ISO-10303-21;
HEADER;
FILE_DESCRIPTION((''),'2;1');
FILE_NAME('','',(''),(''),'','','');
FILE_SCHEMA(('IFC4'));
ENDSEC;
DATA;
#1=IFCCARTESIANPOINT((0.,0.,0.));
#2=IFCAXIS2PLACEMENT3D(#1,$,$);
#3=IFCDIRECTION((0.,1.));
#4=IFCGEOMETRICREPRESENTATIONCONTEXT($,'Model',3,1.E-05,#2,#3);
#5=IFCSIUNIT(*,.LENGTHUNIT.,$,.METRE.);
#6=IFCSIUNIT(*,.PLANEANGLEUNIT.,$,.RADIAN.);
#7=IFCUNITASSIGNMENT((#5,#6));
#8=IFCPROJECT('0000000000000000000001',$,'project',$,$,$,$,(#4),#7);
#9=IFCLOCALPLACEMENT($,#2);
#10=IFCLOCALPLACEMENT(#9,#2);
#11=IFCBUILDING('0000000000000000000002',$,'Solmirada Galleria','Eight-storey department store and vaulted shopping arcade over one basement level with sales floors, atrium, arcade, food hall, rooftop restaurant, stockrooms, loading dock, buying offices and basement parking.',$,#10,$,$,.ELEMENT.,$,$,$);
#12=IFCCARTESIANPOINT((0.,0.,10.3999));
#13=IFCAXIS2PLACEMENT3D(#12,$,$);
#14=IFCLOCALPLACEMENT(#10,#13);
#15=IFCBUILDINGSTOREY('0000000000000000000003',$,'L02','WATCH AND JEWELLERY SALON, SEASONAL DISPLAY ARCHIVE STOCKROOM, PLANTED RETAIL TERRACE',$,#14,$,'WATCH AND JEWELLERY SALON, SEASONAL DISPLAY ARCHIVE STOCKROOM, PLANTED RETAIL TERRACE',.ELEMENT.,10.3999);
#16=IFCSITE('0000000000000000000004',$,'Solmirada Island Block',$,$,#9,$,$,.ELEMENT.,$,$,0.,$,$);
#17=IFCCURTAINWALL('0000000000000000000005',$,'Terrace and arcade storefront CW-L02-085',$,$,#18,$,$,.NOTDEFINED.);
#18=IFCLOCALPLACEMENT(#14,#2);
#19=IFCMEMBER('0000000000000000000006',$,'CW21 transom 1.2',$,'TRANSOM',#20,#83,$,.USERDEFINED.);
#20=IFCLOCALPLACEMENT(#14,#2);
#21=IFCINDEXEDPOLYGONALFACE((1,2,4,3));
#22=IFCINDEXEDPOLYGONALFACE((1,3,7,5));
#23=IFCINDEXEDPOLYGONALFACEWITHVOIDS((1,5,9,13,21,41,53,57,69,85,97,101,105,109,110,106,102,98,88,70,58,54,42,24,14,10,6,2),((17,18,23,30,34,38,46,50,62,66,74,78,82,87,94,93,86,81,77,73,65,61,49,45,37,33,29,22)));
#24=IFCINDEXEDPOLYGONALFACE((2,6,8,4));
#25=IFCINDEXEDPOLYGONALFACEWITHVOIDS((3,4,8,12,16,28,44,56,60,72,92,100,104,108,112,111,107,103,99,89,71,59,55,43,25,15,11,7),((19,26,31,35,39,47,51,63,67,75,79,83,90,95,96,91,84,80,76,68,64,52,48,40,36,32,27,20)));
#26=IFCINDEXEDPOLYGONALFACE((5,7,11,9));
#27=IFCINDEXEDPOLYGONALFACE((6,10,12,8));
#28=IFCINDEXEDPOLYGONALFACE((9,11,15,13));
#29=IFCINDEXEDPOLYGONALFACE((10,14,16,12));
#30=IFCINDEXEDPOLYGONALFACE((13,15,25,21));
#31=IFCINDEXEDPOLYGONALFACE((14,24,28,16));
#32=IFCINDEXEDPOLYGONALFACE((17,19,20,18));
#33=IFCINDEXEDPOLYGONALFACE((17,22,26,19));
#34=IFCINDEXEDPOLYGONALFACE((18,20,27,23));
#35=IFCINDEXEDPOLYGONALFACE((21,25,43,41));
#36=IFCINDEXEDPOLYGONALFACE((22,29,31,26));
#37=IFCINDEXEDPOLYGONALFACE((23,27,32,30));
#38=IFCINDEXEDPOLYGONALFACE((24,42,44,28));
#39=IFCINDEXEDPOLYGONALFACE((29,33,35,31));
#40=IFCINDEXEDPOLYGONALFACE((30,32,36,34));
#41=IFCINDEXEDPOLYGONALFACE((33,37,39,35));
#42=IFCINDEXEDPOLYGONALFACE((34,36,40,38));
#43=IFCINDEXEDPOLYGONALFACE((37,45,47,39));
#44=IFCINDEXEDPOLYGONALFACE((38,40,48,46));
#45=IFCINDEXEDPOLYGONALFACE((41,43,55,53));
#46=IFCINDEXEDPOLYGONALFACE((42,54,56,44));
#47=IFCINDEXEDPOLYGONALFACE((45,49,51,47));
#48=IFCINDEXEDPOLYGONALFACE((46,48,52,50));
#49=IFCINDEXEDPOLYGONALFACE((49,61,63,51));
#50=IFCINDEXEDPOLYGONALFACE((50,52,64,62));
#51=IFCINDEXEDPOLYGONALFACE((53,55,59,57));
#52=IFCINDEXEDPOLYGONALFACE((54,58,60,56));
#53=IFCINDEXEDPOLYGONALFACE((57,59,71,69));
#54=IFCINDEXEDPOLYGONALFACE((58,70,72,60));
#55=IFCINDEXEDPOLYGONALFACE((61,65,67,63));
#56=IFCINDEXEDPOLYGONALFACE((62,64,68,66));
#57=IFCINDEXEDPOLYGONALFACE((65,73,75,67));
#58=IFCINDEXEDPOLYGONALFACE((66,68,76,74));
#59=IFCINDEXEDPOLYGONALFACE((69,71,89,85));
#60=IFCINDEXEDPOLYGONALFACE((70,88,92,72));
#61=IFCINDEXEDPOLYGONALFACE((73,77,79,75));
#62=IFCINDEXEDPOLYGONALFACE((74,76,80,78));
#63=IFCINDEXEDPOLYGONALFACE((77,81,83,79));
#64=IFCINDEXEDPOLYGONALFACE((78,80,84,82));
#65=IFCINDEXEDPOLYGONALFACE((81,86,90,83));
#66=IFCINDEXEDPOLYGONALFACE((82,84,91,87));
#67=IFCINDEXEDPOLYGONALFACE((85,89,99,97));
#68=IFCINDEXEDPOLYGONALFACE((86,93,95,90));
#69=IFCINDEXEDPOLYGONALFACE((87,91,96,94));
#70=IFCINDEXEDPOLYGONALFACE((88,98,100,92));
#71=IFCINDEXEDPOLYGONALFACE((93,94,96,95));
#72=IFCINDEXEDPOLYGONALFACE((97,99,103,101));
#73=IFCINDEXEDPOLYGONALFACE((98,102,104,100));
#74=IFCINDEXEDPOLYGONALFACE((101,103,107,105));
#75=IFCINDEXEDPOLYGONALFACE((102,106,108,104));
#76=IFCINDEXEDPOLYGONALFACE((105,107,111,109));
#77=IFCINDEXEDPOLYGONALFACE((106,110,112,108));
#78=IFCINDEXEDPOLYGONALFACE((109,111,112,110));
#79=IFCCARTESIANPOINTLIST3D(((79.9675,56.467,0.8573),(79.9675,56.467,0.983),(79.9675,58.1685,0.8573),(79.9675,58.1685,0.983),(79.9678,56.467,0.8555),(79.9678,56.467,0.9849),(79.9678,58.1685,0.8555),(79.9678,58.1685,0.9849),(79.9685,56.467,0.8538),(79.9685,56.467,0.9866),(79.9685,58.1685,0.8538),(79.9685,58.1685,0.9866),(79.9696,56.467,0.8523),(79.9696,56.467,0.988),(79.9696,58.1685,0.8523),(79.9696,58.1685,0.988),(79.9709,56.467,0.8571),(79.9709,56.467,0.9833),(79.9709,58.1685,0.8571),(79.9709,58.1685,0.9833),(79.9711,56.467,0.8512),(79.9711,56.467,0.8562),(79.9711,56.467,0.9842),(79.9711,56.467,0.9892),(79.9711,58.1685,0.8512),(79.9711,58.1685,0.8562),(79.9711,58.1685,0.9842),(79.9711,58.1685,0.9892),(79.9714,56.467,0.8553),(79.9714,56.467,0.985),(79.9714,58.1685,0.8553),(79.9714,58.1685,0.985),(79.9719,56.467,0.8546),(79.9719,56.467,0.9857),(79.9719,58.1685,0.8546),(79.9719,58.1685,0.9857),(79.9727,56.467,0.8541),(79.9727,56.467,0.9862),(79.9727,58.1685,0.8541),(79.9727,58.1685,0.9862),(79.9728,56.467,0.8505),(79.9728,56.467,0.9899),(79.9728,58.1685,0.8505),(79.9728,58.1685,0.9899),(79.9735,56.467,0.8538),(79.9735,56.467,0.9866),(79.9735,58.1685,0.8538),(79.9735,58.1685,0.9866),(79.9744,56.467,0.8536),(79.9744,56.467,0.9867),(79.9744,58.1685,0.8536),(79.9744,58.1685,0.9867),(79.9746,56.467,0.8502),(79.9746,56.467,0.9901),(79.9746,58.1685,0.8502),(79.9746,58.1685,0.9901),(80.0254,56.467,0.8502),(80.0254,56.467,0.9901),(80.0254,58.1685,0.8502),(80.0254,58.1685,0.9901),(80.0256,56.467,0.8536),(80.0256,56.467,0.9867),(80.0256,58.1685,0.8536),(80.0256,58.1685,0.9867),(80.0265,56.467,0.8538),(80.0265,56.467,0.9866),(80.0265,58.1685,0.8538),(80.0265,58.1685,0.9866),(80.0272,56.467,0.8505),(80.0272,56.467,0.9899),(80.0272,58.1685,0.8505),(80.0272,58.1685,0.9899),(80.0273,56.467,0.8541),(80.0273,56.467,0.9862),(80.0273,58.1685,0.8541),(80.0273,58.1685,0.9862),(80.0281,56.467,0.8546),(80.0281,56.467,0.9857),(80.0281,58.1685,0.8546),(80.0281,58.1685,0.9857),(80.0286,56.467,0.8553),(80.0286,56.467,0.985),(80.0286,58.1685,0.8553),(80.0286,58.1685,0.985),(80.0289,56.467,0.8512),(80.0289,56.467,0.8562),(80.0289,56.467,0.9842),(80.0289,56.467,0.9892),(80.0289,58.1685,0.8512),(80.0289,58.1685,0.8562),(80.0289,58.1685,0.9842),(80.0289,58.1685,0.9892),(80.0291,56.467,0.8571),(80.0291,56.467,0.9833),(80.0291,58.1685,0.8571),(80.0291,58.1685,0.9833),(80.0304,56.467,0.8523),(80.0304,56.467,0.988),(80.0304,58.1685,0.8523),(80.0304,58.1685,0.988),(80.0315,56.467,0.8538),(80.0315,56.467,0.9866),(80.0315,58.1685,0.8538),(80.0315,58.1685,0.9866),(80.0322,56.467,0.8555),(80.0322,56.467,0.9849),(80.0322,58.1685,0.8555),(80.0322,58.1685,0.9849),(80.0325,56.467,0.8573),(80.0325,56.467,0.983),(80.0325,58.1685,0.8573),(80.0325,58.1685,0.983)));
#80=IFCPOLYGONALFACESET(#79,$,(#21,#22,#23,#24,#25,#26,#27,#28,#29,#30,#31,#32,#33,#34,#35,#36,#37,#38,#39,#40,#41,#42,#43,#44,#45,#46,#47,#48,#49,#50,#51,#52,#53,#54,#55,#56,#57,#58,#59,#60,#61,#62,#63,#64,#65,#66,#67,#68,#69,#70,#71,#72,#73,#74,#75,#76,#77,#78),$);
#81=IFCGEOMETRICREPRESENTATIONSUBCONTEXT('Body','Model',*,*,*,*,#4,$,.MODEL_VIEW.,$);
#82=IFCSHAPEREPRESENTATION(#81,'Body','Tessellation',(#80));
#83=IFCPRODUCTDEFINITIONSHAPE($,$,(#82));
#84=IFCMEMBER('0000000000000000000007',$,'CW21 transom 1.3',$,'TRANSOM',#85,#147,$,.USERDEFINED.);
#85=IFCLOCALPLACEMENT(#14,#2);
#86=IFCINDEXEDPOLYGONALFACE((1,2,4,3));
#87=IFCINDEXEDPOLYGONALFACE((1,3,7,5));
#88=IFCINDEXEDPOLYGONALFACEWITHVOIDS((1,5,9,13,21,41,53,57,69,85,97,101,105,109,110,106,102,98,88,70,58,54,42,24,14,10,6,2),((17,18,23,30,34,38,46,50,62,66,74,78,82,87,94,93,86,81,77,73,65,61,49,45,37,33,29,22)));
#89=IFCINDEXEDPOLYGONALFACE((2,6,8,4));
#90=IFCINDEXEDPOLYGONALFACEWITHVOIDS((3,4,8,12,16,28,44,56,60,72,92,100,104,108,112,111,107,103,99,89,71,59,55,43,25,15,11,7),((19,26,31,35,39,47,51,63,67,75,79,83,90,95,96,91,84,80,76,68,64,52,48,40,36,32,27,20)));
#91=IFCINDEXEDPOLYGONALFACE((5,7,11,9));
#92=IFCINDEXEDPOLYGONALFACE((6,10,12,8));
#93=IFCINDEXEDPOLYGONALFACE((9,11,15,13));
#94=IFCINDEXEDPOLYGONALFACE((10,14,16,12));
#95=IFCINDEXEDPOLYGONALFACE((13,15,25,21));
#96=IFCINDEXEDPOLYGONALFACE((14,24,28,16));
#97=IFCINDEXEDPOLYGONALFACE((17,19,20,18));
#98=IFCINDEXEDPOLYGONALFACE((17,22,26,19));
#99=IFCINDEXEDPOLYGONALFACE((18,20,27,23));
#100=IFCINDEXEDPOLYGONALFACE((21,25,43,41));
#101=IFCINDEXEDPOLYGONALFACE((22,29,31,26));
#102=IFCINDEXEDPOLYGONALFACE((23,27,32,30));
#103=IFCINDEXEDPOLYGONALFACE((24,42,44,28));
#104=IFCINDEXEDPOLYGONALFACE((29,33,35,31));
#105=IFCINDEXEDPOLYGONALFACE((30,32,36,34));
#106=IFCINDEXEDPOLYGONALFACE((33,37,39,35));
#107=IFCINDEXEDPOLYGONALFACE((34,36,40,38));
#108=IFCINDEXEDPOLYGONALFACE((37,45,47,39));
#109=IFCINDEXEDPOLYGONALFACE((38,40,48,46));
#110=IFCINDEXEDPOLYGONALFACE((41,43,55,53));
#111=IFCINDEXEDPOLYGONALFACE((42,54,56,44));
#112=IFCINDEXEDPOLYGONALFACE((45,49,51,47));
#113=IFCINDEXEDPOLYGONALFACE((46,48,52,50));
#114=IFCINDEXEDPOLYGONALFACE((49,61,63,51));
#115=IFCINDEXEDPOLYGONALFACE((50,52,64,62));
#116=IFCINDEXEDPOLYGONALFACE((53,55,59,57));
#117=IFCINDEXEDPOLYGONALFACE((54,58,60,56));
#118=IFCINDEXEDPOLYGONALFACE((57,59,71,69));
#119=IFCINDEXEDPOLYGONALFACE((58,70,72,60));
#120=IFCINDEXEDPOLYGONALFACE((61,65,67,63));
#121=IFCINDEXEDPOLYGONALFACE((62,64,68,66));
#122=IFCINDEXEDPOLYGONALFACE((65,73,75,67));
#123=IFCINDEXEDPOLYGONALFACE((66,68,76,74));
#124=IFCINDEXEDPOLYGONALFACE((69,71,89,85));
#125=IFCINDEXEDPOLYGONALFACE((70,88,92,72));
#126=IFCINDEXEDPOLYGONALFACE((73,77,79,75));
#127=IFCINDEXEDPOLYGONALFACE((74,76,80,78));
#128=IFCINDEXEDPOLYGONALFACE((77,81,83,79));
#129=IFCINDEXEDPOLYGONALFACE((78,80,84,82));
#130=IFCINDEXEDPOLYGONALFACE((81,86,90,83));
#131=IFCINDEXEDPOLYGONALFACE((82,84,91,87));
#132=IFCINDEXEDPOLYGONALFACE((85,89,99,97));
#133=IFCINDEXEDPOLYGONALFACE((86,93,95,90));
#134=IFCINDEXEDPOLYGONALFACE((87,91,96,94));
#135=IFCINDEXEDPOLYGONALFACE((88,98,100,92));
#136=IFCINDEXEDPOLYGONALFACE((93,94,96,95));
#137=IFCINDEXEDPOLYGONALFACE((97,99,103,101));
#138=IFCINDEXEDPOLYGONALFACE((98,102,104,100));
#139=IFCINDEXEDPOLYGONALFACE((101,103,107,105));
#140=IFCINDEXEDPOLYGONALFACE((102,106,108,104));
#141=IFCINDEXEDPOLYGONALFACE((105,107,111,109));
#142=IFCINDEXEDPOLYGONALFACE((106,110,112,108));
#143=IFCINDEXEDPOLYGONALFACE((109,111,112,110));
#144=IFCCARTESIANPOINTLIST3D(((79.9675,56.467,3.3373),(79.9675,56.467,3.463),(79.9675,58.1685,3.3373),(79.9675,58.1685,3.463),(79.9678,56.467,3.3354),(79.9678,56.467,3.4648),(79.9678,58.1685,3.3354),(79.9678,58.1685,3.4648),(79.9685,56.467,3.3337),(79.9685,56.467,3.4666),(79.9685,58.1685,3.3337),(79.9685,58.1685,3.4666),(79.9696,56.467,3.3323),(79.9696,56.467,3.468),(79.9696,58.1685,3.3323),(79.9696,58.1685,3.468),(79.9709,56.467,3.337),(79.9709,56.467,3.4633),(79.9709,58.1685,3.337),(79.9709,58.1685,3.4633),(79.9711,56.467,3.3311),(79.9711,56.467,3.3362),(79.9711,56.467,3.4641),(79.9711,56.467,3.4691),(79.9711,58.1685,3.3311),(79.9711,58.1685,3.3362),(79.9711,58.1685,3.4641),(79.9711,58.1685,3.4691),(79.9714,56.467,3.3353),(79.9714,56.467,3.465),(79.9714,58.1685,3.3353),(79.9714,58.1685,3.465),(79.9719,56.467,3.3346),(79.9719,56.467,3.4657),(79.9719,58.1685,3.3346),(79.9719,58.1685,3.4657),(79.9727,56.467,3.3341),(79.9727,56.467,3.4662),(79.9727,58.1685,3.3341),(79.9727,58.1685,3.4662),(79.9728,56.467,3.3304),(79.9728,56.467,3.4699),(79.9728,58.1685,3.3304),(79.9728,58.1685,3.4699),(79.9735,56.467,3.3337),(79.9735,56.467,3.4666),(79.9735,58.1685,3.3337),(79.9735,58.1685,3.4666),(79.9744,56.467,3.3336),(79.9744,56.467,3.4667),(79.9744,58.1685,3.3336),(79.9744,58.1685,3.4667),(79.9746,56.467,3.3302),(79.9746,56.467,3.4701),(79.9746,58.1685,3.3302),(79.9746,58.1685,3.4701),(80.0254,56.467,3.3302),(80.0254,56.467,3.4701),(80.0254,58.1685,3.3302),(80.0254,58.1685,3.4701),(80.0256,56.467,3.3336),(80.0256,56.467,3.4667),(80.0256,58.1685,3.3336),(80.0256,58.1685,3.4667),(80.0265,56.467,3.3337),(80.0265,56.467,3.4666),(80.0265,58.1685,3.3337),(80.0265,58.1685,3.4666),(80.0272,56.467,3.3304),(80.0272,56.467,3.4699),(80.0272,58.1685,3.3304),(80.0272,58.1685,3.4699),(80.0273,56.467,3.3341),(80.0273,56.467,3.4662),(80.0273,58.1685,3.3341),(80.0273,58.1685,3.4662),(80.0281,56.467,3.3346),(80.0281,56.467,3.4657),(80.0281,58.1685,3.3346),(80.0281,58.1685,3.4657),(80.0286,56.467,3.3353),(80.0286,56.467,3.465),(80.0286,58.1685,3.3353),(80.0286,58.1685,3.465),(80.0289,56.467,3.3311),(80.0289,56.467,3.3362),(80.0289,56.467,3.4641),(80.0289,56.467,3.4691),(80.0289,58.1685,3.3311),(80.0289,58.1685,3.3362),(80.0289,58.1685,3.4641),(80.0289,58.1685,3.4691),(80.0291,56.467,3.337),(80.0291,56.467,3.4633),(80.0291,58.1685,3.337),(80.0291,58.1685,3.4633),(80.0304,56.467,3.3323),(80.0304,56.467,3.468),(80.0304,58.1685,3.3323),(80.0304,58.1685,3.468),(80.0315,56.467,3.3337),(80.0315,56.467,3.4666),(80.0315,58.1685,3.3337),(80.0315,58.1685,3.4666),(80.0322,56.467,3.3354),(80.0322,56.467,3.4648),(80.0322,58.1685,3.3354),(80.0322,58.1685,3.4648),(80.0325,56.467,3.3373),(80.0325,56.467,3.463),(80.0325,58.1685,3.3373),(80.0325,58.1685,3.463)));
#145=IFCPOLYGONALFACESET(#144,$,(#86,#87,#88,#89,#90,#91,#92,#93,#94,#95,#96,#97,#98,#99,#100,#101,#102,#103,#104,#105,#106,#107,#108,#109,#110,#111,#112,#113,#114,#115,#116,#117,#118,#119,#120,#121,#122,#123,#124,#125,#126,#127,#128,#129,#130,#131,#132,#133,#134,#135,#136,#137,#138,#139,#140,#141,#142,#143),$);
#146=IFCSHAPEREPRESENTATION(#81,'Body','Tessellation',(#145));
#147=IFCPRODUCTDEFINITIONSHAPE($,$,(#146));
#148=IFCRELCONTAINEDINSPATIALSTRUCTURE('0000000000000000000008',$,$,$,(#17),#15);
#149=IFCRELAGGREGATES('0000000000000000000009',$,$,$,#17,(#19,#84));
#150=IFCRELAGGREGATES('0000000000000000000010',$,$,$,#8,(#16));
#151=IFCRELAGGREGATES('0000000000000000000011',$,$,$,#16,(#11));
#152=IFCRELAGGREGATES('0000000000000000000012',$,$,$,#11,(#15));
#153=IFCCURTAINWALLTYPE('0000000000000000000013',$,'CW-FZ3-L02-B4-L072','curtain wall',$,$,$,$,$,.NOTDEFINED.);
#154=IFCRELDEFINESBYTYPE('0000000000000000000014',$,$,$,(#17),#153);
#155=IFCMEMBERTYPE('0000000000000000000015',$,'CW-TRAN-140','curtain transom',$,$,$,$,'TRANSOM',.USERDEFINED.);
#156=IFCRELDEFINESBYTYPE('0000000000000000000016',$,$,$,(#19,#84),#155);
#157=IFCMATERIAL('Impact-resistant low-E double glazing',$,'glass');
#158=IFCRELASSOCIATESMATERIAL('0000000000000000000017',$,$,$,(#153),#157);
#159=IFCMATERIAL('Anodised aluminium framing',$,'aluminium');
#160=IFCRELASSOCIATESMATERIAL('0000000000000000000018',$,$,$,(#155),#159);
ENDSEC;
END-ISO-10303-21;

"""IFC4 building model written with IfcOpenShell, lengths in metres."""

from ifc_helpers import new_model, si_unit, direction, frame, origin, origin_2d, place, context, subcontext, project, spatial, hollow_rectangle, extrude, material, material_profile, profile_set, type_object, element, aggregate, save


model = new_model("IFC4")

# Units and contexts
model_context = context("Model", 3, precision=1e-05, world=origin(), true_north=direction((0.0, 1.0)))
body_context = subcontext(model_context, "Body", "Model", "MODEL_VIEW")
ifc_project = project(units=[si_unit("LENGTHUNIT", "METRE"), si_unit("PLANEANGLEUNIT", "RADIAN")], contexts=[model_context])

# Site, building, storey
site_placement = place(None, origin())
site = spatial("IfcSite", under=ifc_project, at=site_placement, Name="Solmirada Island Block", CompositionType="ELEMENT", RefElevation=0.0)
building_placement = place(site_placement, origin())
building = spatial("IfcBuilding", under=site, at=building_placement, Name="Solmirada Galleria", Description="Eight-storey department store and vaulted shopping arcade over one basement level with sales floors, atrium, arcade, food hall, rooftop restaurant, stockrooms, loading dock, buying offices and basement parking.", CompositionType="ELEMENT")
storey_placement = place(building_placement, frame((0.0, 0.0, 10.3999)))
storey = spatial("IfcBuildingStorey", under=building, at=storey_placement, Name="L02", Description="WATCH AND JEWELLERY SALON, SEASONAL DISPLAY ARCHIVE STOCKROOM, PLANTED RETAIL TERRACE", LongName="WATCH AND JEWELLERY SALON, SEASONAL DISPLAY ARCHIVE STOCKROOM, PLANTED RETAIL TERRACE", CompositionType="ELEMENT", Elevation=10.3999)

# Shared definitions
ifc_material_1 = material(Name="Impact-resistant low-E double glazing", Category="glass")
curtain_wall_type = type_object("IfcCurtainWallType", Name="CW-FZ3-L02-B4-L072", Description="curtain wall", PredefinedType="NOTDEFINED", material=ifc_material_1)
ifc_material_2 = material(Name="Anodised aluminium framing", Category="aluminium")

# Curtain wall
curtain_wall_1_placement = place(storey_placement, origin())
curtain_wall_1 = element("IfcCurtainWall", 1, at=curtain_wall_1_placement, inside=storey, type_object=curtain_wall_type, Name="Terrace and arcade storefront CW-L02-085", PredefinedType="NOTDEFINED")

# Members
ifc_material_profile_1 = material_profile(ifc_material_2, hollow_rectangle(XDim=0.0649, YDim=0.1399, WallThickness=0.0034, InnerFilletRadius=0.0034, OuterFilletRadius=0.0071, at=origin_2d()), Name="ALU-TRAN-140X65")
ifc_profile_set_1 = profile_set([ifc_material_profile_1], Name="Anodised aluminium framing")
member_type_1 = type_object("IfcMemberType", Name="CW-TRAN-140", Description="curtain transom", ElementType="TRANSOM", PredefinedType="USERDEFINED", material=ifc_profile_set_1)
member_1_placement = place(storey_placement, frame((80.0, 56.467, 0.9202), z_axis=(0.0, 1.0, 0.0), x_axis=(-1.0, 0.0, 0.0)))
member_1 = element("IfcMember", 2, at=member_1_placement, type_object=member_type_1, Name="CW21 transom 1.2", ObjectType="TRANSOM", PredefinedType="USERDEFINED", context=body_context, shape_type="SweptSolid", body=[
    extrude(hollow_rectangle(XDim=0.0649, YDim=0.1399, WallThickness=0.0034, InnerFilletRadius=0.0034, OuterFilletRadius=0.0071, at=origin_2d()), origin(), (0.0, 0.0, 1.0), 1.7014),
])
member_2_placement = place(storey_placement, frame((80.0, 56.467, 3.4001), z_axis=(0.0, 1.0, 0.0), x_axis=(-1.0, 0.0, 0.0)))
member_2 = element("IfcMember", 3, at=member_2_placement, type_object=member_type_1, Name="CW21 transom 1.3", ObjectType="TRANSOM", PredefinedType="USERDEFINED", context=body_context, shape_type="SweptSolid", body=[
    extrude(hollow_rectangle(XDim=0.0649, YDim=0.1399, WallThickness=0.0034, InnerFilletRadius=0.0034, OuterFilletRadius=0.0071, at=origin_2d()), origin(), (0.0, 0.0, 1.0), 1.7014),
])

aggregate(curtain_wall_1, [member_1, member_2])

save(model, "model.ifc")
